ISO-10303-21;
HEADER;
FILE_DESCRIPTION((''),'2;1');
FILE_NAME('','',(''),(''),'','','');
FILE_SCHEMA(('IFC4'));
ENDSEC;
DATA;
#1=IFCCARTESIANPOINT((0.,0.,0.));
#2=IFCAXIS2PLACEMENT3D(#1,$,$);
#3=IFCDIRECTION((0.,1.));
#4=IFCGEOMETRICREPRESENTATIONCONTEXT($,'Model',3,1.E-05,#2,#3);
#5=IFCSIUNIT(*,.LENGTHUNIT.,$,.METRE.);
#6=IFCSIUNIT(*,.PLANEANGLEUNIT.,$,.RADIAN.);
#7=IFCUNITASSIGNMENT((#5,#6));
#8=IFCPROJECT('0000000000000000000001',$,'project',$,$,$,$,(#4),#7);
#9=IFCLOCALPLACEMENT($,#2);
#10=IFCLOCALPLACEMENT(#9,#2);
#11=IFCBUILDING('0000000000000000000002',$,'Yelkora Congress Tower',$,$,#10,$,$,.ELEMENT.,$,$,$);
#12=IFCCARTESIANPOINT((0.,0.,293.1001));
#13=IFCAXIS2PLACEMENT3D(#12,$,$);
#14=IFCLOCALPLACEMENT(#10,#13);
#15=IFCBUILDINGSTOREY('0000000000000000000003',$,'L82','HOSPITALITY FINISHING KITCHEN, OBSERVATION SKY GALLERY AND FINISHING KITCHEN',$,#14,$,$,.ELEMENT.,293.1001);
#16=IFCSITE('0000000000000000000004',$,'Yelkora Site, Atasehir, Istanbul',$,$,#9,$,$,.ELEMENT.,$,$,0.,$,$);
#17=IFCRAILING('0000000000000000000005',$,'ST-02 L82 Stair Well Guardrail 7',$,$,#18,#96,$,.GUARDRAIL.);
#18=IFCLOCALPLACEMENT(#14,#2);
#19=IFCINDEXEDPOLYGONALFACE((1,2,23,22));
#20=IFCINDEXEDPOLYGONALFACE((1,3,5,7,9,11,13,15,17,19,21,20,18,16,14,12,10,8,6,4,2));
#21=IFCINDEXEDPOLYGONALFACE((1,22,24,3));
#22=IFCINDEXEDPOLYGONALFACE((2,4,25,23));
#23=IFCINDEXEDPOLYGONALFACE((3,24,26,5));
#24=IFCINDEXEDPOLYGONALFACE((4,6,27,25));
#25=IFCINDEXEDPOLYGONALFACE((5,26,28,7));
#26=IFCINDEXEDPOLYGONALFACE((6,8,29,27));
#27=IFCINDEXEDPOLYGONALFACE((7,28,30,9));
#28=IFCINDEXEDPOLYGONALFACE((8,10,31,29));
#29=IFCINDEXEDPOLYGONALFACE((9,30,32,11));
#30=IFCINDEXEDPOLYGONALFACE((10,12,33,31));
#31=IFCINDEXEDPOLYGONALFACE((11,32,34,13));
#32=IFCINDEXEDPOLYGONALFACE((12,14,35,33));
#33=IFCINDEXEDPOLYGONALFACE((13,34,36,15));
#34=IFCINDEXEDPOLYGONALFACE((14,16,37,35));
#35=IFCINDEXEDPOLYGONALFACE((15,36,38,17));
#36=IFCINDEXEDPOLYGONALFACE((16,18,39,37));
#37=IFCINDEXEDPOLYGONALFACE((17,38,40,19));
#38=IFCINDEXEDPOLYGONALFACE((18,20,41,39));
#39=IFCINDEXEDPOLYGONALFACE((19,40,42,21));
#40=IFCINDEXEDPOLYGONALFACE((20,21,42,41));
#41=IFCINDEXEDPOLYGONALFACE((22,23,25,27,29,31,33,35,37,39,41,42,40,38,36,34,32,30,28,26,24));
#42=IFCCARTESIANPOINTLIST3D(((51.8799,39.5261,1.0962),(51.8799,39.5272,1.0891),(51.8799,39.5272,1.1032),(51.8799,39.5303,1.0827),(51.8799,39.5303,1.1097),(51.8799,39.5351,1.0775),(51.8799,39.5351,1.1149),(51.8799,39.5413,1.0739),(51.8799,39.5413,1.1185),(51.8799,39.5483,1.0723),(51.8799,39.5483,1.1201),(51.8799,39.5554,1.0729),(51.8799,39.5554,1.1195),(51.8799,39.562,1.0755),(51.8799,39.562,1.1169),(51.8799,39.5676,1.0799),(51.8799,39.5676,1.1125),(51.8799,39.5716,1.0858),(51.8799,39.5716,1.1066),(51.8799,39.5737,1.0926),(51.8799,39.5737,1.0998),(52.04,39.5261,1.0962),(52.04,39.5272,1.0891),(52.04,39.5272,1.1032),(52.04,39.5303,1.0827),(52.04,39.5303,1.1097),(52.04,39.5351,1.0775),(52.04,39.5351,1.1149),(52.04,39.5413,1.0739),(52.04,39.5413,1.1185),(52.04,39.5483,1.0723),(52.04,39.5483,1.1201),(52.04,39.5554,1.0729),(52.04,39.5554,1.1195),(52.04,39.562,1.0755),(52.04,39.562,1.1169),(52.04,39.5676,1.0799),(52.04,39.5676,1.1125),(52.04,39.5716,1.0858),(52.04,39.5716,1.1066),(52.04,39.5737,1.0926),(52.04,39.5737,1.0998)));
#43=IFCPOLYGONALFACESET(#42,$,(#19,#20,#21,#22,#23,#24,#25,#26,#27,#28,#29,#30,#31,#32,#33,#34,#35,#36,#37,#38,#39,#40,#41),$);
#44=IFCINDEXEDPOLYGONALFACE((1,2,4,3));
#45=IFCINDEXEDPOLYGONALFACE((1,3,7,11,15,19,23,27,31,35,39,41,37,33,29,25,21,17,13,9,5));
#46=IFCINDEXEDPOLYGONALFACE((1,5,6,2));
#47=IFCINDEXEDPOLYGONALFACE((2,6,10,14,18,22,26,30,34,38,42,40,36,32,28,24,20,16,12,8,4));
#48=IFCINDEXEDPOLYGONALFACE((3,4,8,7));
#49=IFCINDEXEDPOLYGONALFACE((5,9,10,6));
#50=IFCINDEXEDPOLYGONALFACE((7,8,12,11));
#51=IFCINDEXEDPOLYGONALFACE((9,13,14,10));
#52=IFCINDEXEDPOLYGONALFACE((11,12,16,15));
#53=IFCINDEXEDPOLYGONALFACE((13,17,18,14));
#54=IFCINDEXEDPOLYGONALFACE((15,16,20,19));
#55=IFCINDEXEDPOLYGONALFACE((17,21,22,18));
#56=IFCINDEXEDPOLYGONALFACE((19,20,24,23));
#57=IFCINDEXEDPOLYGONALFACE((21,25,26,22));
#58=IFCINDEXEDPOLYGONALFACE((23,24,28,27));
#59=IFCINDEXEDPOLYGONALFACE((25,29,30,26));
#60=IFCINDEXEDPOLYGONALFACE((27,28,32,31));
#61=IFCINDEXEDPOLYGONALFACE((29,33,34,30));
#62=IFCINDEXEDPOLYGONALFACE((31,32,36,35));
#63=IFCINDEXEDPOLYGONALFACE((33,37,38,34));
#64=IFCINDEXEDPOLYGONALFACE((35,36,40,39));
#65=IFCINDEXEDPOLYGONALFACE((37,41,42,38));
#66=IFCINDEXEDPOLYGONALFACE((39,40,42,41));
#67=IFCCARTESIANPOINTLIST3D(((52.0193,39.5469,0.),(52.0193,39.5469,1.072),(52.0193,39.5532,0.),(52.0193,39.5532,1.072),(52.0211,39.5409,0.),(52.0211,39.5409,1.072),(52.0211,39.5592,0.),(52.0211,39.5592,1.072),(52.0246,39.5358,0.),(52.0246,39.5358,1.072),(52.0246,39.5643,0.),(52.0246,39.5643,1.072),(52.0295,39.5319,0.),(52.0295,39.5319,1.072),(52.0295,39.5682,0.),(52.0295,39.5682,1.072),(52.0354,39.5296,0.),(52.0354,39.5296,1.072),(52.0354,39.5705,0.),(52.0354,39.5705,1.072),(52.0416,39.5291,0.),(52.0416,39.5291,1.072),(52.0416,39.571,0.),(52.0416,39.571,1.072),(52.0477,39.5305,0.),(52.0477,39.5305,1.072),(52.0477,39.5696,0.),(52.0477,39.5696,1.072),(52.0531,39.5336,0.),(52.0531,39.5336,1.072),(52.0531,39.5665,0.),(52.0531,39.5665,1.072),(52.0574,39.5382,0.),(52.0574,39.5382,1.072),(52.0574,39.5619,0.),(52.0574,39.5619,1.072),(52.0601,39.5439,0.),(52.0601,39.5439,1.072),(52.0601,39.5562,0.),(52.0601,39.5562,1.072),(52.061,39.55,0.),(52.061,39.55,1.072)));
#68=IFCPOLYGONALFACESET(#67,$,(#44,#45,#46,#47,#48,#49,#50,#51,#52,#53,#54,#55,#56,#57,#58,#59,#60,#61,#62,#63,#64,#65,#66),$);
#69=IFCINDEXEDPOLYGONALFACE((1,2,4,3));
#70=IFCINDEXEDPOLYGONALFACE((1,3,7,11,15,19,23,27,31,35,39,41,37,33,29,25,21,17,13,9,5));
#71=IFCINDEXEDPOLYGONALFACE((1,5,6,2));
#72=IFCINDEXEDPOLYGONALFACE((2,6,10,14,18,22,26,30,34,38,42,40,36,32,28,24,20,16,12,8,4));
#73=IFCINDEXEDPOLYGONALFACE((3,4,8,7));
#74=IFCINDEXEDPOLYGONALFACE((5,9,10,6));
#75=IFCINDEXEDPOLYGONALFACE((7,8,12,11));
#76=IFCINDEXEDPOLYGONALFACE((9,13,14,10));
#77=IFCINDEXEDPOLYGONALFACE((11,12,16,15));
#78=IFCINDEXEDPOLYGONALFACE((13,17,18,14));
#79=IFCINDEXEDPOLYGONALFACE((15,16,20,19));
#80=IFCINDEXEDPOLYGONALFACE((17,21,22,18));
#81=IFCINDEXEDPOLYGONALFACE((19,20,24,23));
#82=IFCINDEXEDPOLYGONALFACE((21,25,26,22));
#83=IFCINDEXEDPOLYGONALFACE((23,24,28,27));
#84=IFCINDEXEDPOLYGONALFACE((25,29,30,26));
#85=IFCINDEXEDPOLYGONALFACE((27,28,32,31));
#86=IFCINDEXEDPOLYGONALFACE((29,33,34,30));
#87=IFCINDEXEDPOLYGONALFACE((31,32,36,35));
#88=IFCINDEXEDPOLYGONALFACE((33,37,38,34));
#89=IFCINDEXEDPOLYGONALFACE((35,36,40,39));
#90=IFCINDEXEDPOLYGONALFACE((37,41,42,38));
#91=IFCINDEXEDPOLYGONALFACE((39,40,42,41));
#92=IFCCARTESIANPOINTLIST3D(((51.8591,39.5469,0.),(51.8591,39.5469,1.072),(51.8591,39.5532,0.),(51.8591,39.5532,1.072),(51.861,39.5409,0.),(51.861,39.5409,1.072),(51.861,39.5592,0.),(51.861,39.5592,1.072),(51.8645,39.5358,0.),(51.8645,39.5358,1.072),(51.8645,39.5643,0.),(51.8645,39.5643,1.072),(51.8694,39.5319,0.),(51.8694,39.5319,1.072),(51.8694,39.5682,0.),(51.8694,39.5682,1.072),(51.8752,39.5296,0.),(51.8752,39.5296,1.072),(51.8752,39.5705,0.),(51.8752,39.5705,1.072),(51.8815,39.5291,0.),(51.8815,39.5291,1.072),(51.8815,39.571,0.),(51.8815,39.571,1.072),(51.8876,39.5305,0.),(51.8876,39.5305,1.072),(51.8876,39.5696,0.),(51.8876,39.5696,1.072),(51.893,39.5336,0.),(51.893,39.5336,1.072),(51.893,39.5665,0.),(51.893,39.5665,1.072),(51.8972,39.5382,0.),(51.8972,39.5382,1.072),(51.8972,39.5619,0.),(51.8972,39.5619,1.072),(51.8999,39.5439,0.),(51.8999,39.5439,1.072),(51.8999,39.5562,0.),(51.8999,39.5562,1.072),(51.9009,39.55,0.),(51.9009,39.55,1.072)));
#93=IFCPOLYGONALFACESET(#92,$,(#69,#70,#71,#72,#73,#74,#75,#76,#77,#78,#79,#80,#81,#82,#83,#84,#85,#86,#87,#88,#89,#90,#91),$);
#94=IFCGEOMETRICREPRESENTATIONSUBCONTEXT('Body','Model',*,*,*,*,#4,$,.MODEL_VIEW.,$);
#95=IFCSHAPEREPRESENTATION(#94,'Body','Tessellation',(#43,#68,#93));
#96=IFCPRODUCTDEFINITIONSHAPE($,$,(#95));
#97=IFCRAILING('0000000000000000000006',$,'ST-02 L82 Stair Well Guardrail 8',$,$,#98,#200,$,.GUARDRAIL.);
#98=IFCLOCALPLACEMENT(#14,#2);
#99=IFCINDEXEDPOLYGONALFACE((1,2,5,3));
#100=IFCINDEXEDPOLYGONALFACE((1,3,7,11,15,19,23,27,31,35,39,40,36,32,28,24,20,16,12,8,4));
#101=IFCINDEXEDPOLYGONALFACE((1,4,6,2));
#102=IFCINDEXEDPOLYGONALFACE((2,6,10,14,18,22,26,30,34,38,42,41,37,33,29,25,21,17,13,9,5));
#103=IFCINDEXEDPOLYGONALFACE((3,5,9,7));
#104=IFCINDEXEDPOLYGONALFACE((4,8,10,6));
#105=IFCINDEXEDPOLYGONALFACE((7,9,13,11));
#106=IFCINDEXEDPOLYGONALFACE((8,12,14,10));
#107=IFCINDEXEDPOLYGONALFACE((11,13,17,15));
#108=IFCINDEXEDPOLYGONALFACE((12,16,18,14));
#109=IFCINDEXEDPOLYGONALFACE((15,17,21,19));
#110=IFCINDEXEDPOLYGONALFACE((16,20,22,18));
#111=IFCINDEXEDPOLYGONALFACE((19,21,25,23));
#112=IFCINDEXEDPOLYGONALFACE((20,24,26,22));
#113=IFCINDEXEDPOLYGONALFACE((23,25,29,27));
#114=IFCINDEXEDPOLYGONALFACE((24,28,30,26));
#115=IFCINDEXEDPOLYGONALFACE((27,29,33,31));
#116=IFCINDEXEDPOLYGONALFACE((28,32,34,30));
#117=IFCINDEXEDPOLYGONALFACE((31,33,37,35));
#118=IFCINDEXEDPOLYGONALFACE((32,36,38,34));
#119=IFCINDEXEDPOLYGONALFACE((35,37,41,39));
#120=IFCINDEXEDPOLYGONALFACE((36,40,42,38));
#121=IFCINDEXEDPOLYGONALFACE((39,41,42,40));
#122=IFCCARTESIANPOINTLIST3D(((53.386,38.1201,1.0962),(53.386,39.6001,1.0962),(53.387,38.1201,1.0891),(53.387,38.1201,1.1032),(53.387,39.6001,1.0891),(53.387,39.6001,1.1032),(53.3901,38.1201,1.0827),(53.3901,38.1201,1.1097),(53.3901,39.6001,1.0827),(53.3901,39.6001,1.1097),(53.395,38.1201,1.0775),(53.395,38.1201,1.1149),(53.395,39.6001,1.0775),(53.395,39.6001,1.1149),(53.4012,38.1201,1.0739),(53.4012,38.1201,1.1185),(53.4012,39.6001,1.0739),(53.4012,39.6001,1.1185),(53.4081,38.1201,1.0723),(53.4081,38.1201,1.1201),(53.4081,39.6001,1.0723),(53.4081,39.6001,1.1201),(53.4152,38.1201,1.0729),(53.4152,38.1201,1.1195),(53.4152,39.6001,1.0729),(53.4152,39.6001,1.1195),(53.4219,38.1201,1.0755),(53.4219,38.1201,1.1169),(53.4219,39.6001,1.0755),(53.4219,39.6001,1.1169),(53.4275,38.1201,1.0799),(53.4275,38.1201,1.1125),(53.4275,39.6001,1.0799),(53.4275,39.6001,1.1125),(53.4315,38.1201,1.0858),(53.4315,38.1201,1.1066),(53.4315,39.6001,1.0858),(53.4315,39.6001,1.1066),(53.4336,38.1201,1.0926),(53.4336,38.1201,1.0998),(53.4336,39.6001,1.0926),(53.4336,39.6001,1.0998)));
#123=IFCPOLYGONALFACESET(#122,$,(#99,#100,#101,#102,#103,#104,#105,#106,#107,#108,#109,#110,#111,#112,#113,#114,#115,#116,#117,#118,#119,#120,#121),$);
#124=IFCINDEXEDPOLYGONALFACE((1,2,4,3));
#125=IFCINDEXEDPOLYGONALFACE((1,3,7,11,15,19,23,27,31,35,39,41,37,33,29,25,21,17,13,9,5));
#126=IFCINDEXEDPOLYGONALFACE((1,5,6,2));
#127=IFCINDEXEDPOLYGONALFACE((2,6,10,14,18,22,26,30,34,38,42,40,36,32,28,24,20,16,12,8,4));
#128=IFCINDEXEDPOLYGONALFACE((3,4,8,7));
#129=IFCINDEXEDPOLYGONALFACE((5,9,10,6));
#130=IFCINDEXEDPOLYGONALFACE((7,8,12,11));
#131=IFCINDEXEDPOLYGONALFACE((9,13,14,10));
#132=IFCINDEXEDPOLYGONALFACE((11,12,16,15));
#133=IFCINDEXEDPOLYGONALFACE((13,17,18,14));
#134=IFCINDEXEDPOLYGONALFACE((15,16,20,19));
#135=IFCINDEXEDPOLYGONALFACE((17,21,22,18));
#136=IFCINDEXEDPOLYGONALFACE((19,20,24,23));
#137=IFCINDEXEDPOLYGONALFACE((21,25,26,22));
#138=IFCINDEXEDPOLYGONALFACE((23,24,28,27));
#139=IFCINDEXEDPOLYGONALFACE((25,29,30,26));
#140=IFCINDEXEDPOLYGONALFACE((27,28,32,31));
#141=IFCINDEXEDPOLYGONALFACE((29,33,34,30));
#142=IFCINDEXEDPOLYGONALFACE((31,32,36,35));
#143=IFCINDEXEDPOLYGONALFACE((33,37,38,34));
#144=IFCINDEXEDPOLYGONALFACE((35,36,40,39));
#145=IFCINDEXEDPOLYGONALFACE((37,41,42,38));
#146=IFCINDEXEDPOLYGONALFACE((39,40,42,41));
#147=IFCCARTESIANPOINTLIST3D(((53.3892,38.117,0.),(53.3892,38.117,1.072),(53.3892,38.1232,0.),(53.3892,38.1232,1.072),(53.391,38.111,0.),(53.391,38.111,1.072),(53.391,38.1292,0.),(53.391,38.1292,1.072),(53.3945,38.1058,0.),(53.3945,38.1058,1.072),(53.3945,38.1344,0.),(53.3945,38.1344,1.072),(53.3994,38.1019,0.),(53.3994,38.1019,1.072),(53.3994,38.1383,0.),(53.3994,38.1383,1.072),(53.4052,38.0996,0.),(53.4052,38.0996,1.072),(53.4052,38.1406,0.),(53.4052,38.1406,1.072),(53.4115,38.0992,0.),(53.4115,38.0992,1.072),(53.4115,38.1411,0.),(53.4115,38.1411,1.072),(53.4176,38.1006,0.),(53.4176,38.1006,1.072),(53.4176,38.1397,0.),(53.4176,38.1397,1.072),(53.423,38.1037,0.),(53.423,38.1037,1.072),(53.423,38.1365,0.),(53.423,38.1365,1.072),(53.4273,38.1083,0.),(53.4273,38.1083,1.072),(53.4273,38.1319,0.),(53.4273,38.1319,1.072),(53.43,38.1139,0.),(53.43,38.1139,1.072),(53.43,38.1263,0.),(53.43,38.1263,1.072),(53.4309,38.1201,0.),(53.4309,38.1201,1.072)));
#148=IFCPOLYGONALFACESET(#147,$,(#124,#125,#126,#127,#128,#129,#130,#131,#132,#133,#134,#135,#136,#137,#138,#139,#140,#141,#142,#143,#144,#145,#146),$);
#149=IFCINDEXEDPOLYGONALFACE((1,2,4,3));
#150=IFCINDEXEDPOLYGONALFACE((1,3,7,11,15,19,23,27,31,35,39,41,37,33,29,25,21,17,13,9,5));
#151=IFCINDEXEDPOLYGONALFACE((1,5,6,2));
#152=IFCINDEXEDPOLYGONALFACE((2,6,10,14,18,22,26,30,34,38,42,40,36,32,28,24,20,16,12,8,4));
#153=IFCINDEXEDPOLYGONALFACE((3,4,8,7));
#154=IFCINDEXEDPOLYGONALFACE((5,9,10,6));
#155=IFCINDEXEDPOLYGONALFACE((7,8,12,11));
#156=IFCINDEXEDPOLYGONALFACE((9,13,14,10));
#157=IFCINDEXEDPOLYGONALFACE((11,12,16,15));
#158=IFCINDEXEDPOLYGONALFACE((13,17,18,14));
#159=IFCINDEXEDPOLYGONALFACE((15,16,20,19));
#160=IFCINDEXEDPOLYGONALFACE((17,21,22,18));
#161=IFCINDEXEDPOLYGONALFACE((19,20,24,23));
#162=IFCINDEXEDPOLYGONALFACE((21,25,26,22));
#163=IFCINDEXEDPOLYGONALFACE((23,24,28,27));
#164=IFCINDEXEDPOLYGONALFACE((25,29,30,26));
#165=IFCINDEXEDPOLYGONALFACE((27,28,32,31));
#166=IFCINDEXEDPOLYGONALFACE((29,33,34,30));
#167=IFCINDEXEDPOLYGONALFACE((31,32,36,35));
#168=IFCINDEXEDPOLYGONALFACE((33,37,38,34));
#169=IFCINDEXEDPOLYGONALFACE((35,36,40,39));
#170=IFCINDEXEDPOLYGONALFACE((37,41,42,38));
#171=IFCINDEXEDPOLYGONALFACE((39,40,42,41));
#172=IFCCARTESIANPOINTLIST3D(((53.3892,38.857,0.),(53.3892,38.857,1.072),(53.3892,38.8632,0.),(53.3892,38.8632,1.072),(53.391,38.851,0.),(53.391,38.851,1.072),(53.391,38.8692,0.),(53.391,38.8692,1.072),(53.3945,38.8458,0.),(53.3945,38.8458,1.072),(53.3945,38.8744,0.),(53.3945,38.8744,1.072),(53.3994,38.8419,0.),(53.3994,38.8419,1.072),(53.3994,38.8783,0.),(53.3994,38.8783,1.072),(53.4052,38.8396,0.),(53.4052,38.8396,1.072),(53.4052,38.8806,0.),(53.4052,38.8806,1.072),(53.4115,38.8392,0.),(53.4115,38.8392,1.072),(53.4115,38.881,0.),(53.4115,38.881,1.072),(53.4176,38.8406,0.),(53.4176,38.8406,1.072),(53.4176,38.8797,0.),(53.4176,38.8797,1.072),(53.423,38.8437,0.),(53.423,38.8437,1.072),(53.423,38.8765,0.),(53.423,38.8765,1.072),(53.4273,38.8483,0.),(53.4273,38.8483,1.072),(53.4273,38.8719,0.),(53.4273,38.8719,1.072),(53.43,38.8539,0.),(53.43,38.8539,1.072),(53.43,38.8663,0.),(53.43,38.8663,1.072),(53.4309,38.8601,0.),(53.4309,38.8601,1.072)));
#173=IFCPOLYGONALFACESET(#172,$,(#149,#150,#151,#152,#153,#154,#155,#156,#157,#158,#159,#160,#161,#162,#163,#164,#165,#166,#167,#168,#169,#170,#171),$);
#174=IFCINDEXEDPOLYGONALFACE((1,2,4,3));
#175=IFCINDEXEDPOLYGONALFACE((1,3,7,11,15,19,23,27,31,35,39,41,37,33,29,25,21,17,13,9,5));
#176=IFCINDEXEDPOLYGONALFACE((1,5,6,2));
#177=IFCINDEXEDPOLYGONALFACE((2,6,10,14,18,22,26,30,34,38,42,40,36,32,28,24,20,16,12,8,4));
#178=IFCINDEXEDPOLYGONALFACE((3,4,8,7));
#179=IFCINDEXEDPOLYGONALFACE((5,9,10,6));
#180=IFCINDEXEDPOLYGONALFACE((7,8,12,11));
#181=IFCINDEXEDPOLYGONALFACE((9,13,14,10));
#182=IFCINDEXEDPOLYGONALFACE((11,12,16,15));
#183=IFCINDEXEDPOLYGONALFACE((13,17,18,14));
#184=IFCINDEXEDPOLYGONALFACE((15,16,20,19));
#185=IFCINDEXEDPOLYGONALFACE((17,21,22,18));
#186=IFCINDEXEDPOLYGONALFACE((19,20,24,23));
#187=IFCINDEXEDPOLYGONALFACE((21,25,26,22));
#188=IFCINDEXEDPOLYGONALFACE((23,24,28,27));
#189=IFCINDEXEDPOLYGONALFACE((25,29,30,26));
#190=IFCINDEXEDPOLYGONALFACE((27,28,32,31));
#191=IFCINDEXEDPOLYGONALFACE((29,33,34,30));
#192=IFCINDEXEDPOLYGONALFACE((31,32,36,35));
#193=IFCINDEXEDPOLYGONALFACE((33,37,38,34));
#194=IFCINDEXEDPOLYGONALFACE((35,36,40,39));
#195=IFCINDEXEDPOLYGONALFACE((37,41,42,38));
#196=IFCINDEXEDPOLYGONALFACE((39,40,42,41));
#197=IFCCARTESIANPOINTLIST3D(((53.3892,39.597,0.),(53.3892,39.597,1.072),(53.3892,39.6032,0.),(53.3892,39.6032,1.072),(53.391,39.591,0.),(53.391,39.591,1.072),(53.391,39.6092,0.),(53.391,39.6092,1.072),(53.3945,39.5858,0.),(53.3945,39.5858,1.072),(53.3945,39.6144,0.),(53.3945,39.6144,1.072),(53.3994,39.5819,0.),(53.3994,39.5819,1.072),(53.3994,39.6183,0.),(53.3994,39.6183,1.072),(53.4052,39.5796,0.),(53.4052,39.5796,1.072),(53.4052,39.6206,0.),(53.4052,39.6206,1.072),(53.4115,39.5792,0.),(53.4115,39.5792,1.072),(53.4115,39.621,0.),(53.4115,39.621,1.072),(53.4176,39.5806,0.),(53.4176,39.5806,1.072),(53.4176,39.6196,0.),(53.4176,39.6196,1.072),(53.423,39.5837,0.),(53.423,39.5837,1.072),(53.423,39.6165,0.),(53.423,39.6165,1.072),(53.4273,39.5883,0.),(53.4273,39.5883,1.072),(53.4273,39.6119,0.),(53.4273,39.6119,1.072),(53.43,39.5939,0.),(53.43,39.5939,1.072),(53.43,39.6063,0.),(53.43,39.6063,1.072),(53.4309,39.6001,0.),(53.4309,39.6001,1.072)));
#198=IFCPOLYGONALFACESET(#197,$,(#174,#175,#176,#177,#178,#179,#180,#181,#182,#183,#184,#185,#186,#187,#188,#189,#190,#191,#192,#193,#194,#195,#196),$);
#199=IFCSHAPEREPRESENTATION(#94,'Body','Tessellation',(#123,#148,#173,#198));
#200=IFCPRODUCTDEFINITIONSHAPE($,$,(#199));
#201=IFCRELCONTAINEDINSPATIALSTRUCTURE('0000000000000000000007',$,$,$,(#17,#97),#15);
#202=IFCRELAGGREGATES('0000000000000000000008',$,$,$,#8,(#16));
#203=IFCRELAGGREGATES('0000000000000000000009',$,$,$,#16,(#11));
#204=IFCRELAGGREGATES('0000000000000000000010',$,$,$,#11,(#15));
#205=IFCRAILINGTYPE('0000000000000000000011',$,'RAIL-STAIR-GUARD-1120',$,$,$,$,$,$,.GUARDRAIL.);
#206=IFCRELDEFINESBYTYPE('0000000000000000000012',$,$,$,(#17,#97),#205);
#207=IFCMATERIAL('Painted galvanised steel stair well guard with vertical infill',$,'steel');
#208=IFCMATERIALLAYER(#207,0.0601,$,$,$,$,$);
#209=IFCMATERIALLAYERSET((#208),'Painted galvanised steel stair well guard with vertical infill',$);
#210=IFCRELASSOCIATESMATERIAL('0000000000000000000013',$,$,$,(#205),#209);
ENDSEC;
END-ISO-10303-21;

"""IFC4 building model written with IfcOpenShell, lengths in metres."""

from ifc_helpers import new_model, si_unit, direction, frame, origin, origin_2d, place, context, subcontext, project, spatial, circle, extrude, material, layer, layer_set, type_object, element, save


model = new_model("IFC4")

# Units and contexts
model_context = context("Model", 3, precision=1e-05, world=origin(), true_north=direction((0.0, 1.0)))
body_context = subcontext(model_context, "Body", "Model", "MODEL_VIEW")
ifc_project = project(units=[si_unit("LENGTHUNIT", "METRE"), si_unit("PLANEANGLEUNIT", "RADIAN")], contexts=[model_context])

# Site, building, storey
site_placement = place(None, origin())
site = spatial("IfcSite", under=ifc_project, at=site_placement, Name="Yelkora Site, Atasehir, Istanbul", CompositionType="ELEMENT", RefElevation=0.0)
building_placement = place(site_placement, origin())
building = spatial("IfcBuilding", under=site, at=building_placement, Name="Yelkora Congress Tower", CompositionType="ELEMENT")
storey_placement = place(building_placement, frame((0.0, 0.0, 293.1001)))
storey = spatial("IfcBuildingStorey", under=building, at=storey_placement, Name="L82", Description="HOSPITALITY FINISHING KITCHEN, OBSERVATION SKY GALLERY AND FINISHING KITCHEN", CompositionType="ELEMENT", Elevation=293.1001)

# Railings
ifc_material_1 = material(Name="Painted galvanised steel stair well guard with vertical infill", Category="steel")
ifc_layer_1 = layer(ifc_material_1, 0.0601)
ifc_layer_set_1 = layer_set([ifc_layer_1], Name="Painted galvanised steel stair well guard with vertical infill")
railing_type_1 = type_object("IfcRailingType", Name="RAIL-STAIR-GUARD-1120", PredefinedType="GUARDRAIL", material=ifc_layer_set_1)
railing_1_placement = place(storey_placement, frame((52.04, 39.55, 0.0)))
element("IfcRailing", 1, at=railing_1_placement, inside=storey, type_object=railing_type_1, Name="ST-02 L82 Stair Well Guardrail 7", PredefinedType="GUARDRAIL", context=body_context, shape_type="SweptSolid", body=[
    extrude(circle(Radius=0.0239, at=origin_2d()), frame((0.0, 0.0, 1.0962), z_axis=(-1.0, 0.0, 0.0), x_axis=(0.0, -1.0, 0.0)), (0.0, 0.0, 1.0), 0.1602),
    extrude(circle(Radius=0.021, at=origin_2d()), origin(), (0.0, 0.0, 1.0), 1.072),
    extrude(circle(Radius=0.021, at=origin_2d()), frame((-0.1602, 0.0, 0.0)), (0.0, 0.0, 1.0), 1.072),
])
for number, where, name in (
    (2, (53.4099, 38.1201, 0.0), "ST-02 L82 Stair Well Guardrail 8"),
):
    element("IfcRailing", number, at=place(storey_placement, frame(where)), inside=storey, type_object=railing_type_1, Name=name, PredefinedType="GUARDRAIL", context=body_context, shape_type="SweptSolid", body=[
        extrude(circle(Radius=0.0239, at=origin_2d()), frame((0.0, 0.0, 1.0962), z_axis=(0.0, 1.0, 0.0), x_axis=(-1.0, 0.0, 0.0)), (0.0, 0.0, 1.0), 1.48),
        extrude(circle(Radius=0.021, at=origin_2d()), origin(), (0.0, 0.0, 1.0), 1.072),
        extrude(circle(Radius=0.021, at=origin_2d()), frame((0.0, 0.74, 0.0)), (0.0, 0.0, 1.0), 1.072),
        extrude(circle(Radius=0.021, at=origin_2d()), frame((0.0, 1.48, 0.0)), (0.0, 0.0, 1.0), 1.072),
    ])

save(model, "model.ifc")
